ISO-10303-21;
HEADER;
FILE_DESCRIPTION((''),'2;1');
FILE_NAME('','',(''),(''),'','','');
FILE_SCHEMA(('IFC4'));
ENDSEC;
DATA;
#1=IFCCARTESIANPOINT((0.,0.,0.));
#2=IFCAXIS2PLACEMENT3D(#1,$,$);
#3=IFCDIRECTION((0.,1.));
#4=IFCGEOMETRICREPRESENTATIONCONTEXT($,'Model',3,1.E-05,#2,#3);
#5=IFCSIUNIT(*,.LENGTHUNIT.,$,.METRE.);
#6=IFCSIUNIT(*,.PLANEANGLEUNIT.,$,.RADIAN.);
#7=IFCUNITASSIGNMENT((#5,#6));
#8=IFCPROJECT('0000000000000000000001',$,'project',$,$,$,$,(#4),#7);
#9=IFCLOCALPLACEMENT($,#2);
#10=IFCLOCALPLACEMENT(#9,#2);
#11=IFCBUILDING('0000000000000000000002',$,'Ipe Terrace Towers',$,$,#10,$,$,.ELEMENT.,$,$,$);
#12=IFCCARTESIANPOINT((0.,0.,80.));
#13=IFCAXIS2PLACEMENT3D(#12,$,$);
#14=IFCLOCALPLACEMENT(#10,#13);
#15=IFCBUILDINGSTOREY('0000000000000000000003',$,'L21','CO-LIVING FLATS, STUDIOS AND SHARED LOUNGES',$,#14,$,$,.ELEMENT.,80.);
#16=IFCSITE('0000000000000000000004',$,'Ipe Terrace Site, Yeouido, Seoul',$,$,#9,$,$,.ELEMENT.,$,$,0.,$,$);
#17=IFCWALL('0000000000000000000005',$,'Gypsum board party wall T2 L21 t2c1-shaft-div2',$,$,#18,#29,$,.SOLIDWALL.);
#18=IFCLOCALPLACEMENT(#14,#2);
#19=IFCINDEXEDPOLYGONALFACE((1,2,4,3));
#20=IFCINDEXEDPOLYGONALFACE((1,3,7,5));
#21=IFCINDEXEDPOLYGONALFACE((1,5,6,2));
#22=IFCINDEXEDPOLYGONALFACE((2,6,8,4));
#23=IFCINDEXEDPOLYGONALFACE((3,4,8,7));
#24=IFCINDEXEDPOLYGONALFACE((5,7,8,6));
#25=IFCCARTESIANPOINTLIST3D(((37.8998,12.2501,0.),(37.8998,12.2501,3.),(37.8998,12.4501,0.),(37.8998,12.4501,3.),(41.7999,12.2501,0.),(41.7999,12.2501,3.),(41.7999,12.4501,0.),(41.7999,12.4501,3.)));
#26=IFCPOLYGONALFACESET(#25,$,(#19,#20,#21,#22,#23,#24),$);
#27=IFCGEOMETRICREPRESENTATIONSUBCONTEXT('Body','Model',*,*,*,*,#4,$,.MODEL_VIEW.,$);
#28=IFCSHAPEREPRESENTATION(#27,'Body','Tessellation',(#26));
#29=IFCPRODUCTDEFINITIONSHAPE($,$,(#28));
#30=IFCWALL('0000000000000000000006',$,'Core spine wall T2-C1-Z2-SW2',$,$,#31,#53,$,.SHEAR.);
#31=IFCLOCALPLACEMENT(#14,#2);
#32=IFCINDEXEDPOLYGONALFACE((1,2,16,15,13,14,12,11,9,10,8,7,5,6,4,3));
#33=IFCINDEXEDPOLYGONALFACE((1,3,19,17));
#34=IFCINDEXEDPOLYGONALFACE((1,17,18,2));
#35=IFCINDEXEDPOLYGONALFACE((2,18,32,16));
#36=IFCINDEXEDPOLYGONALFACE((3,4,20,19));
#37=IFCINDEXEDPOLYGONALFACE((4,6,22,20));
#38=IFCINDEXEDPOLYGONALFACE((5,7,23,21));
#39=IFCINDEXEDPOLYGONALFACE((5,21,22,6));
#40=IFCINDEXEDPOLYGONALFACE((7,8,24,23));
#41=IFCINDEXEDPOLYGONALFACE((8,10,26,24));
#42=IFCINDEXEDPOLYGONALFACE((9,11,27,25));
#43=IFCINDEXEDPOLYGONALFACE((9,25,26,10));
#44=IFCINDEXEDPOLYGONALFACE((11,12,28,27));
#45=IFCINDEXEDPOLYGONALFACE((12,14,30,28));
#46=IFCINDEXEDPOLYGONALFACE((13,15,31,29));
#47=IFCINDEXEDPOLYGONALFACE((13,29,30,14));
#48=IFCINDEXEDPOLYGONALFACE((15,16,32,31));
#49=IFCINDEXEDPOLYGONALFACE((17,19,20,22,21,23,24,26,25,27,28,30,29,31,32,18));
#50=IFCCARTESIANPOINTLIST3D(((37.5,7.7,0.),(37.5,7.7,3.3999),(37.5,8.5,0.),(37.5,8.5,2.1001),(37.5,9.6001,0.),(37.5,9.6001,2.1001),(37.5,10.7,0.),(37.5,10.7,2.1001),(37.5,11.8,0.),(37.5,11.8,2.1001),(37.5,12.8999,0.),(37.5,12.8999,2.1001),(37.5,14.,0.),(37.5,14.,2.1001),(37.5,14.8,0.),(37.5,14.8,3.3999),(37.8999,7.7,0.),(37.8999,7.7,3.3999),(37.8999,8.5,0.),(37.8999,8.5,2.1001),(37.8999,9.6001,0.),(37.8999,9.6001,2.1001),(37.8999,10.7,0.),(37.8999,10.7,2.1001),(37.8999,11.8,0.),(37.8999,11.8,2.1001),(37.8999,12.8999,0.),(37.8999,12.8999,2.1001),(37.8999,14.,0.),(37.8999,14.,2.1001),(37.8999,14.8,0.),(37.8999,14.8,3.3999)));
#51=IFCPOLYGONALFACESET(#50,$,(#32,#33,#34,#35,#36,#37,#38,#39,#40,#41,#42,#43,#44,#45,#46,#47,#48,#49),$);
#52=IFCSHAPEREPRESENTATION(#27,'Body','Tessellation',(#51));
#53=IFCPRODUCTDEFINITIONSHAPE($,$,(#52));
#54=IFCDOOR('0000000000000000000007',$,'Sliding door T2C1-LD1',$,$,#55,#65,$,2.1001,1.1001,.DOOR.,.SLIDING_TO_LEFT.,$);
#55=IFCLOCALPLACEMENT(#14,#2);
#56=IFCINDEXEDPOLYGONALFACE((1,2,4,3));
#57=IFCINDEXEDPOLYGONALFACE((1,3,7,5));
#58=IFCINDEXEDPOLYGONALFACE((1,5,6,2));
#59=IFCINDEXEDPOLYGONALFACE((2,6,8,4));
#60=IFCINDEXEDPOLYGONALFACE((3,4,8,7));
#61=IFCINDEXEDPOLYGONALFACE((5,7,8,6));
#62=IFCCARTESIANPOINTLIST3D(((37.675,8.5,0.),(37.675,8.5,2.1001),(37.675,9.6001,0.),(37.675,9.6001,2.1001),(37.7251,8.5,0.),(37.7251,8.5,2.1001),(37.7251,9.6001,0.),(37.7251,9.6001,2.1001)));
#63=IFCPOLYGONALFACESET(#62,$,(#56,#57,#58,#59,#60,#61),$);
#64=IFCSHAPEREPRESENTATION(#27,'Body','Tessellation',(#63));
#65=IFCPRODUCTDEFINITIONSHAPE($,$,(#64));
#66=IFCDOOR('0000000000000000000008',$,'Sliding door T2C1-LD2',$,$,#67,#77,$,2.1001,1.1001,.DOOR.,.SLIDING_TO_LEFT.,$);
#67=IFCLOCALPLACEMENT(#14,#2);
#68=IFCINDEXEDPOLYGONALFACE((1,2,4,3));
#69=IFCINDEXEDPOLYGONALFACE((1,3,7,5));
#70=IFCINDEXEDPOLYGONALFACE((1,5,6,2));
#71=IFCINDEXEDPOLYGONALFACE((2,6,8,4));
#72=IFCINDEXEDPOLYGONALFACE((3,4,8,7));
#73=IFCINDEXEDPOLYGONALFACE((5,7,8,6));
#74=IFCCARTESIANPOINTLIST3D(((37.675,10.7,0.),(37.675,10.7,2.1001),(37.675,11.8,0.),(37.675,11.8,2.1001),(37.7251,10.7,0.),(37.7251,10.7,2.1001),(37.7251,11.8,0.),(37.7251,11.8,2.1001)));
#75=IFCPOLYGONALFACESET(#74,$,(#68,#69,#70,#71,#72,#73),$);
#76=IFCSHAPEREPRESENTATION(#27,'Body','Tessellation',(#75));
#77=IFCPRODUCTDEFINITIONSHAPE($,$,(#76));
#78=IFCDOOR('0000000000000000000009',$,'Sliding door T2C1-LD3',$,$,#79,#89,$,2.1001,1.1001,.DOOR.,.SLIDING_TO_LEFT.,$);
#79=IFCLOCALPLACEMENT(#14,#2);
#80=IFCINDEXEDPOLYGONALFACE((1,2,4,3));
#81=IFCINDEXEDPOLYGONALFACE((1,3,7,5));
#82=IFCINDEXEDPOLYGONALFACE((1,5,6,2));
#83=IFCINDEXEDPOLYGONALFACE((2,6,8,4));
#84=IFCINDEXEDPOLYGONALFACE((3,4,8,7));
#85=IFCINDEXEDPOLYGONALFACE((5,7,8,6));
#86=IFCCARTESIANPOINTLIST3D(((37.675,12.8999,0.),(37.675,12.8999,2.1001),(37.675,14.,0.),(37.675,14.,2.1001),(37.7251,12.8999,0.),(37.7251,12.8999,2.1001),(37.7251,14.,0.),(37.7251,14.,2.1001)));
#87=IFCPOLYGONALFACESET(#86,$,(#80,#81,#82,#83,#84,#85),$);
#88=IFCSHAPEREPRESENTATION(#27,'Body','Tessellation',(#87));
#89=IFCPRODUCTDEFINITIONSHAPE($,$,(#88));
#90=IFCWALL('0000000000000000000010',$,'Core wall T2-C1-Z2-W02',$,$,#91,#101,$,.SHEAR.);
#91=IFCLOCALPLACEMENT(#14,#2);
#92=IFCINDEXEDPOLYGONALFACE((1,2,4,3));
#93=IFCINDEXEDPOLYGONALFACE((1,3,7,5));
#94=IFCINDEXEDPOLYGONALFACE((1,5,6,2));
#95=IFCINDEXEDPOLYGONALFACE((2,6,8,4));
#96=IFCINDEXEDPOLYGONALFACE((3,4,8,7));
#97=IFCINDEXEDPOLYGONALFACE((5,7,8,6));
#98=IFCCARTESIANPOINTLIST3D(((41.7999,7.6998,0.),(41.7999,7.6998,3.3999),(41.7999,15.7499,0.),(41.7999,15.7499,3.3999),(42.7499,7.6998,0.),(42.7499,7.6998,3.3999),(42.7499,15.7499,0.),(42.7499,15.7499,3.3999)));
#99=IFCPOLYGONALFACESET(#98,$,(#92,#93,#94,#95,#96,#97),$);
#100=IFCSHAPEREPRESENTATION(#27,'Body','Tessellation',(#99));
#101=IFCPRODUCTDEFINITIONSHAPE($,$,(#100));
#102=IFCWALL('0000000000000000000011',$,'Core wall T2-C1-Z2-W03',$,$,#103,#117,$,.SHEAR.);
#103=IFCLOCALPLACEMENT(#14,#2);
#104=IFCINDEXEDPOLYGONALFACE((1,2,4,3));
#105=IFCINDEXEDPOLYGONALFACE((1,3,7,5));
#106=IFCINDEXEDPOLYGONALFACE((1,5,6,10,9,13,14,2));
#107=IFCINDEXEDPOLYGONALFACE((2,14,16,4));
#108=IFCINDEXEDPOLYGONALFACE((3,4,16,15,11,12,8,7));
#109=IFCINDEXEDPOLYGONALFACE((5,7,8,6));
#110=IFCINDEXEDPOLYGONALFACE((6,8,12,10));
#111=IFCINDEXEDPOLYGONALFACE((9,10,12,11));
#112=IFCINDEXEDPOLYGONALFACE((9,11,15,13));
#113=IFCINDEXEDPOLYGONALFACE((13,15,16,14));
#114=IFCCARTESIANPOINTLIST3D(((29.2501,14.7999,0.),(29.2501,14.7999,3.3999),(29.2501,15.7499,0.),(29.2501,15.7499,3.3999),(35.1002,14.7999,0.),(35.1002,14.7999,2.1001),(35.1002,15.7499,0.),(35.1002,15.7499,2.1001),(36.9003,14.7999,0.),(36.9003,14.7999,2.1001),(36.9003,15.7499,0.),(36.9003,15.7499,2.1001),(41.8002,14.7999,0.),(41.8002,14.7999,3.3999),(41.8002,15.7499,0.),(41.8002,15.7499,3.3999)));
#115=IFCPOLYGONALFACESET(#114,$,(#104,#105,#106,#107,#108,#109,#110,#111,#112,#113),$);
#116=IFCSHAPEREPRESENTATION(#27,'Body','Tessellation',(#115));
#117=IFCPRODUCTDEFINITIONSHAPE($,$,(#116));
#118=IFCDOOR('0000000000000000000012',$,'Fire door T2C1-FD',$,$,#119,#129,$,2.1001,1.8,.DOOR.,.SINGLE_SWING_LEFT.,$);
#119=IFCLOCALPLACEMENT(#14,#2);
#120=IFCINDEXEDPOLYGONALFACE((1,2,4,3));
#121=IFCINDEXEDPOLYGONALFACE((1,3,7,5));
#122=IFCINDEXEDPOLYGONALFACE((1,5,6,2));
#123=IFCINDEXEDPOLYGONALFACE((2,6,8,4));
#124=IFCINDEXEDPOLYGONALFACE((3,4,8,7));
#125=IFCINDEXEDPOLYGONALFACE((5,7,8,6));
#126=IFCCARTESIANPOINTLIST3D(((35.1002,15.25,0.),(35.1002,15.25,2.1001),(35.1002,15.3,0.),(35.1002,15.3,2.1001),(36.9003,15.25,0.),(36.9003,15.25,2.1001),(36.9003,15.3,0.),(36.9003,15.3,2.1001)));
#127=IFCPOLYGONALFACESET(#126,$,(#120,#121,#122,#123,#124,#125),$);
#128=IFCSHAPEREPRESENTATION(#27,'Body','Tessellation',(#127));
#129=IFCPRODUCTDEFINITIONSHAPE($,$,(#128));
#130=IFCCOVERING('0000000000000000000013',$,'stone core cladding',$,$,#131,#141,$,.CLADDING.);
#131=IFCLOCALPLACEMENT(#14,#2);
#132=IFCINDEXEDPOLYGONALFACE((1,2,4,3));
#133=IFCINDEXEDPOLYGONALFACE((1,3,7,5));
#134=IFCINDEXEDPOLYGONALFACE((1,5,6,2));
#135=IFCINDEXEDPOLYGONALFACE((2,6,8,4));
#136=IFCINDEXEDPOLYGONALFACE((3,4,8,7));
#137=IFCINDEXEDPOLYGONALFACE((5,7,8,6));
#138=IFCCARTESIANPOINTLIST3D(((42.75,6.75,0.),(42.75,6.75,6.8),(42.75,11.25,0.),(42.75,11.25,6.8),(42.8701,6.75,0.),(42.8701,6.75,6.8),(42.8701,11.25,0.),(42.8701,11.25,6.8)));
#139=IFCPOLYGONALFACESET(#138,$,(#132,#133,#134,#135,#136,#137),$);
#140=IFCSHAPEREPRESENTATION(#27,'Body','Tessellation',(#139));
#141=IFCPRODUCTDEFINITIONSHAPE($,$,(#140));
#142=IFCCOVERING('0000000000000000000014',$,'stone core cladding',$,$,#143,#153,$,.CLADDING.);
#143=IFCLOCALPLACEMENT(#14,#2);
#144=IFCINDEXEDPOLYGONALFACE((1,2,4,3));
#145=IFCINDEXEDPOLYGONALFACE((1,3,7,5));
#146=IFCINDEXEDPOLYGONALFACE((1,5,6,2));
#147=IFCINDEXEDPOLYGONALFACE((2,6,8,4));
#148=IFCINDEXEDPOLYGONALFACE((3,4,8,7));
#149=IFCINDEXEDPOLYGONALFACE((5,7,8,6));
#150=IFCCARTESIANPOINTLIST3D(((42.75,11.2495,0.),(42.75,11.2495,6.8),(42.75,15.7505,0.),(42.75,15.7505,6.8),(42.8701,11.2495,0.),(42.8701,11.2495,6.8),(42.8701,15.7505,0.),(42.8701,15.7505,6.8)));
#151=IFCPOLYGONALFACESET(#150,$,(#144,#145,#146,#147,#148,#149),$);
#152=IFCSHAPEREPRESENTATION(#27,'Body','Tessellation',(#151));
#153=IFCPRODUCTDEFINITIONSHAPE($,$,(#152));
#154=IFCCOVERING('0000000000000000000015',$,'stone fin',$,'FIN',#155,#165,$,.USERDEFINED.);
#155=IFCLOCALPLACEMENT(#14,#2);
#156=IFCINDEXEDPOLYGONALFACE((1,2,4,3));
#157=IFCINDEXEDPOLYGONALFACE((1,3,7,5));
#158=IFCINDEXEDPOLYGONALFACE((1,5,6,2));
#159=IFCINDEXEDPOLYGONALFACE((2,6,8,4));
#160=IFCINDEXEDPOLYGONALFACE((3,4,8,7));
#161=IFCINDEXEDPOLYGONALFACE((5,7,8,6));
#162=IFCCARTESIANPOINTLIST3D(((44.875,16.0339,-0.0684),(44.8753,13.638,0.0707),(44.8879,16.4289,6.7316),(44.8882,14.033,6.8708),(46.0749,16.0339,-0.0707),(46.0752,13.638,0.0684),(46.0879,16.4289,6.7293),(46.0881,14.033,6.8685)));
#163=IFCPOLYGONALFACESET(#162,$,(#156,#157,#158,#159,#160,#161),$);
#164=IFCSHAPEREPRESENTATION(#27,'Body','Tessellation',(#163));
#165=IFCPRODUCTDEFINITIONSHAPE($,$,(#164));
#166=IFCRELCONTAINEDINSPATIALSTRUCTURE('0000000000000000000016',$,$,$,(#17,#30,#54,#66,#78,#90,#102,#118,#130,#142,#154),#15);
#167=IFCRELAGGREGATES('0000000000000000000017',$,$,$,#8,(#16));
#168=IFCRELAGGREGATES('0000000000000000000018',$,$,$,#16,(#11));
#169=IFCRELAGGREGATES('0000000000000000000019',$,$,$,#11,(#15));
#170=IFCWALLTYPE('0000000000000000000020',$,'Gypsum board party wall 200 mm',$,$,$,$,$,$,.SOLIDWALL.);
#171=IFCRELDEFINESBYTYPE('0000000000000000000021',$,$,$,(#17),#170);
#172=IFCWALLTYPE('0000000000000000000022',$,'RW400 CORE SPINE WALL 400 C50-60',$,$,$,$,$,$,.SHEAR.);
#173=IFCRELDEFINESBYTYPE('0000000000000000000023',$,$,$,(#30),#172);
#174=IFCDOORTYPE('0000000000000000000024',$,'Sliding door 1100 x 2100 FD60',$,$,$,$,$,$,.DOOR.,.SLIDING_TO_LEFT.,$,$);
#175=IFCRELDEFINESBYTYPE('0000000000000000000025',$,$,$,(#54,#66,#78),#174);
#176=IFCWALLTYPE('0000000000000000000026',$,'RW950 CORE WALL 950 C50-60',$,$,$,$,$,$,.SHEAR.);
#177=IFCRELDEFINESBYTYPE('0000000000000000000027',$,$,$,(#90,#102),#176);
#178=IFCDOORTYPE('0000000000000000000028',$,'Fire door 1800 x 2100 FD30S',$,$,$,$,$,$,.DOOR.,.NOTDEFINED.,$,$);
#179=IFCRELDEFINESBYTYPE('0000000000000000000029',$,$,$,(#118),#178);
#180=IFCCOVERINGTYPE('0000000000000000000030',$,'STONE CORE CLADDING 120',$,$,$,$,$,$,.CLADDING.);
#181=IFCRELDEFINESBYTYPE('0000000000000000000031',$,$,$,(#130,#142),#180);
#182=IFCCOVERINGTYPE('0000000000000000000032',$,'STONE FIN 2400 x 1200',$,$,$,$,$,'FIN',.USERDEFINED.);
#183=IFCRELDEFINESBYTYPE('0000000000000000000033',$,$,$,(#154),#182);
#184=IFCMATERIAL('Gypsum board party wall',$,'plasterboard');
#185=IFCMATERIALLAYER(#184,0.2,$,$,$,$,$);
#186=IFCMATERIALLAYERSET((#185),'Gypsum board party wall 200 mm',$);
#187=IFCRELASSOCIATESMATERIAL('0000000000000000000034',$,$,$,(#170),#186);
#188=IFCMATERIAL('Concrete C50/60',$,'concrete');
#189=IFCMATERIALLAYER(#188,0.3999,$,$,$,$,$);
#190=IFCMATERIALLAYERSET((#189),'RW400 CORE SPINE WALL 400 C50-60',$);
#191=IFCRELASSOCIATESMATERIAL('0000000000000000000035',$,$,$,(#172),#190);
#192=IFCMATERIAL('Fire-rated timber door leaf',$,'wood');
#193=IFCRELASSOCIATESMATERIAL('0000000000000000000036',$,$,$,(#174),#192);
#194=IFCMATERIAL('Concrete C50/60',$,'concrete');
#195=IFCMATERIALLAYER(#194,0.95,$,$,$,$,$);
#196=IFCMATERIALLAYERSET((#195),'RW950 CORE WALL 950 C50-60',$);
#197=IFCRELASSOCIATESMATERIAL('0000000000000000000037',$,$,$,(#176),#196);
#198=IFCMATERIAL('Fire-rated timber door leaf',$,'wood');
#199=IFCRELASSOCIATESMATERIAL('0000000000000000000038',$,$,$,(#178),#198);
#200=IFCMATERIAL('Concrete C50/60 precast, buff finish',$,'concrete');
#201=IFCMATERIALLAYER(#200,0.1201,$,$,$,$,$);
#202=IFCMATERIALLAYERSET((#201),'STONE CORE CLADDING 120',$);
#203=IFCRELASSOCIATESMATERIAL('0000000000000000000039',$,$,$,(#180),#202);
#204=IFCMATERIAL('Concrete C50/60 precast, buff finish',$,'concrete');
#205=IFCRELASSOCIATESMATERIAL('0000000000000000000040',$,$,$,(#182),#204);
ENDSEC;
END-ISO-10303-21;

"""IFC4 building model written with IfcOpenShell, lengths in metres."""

from ifc_helpers import new_model, si_unit, direction, frame, frame_2d, origin, origin_2d, place, context, subcontext, project, spatial, rectangle, extrude, material, layer, layer_set, material_profile, profile_set, type_object, element, fill, save


model = new_model("IFC4")

# Units and contexts
model_context = context("Model", 3, precision=1e-05, world=origin(), true_north=direction((0.0, 1.0)))
body_context = subcontext(model_context, "Body", "Model", "MODEL_VIEW")
ifc_project = project(units=[si_unit("LENGTHUNIT", "METRE"), si_unit("PLANEANGLEUNIT", "RADIAN")], contexts=[model_context])

# Site, building, storey
site_placement = place(None, origin())
site = spatial("IfcSite", under=ifc_project, at=site_placement, Name="Ipe Terrace Site, Yeouido, Seoul", CompositionType="ELEMENT", RefElevation=0.0)
building_placement = place(site_placement, origin())
building = spatial("IfcBuilding", under=site, at=building_placement, Name="Ipe Terrace Towers", CompositionType="ELEMENT")
storey_placement = place(building_placement, frame((0.0, 0.0, 80.0)))
storey = spatial("IfcBuildingStorey", under=building, at=storey_placement, Name="L21", Description="CO-LIVING FLATS, STUDIOS AND SHARED LOUNGES", CompositionType="ELEMENT", Elevation=80.0)

# Wall
ifc_material_1 = material(Name="Gypsum board party wall", Category="plasterboard")
ifc_layer_1 = layer(ifc_material_1, 0.2)
ifc_layer_set_1 = layer_set([ifc_layer_1], Name="Gypsum board party wall 200 mm")
wall_type_1 = type_object("IfcWallType", Name="Gypsum board party wall 200 mm", PredefinedType="SOLIDWALL", material=ifc_layer_set_1)
for number, where, z_axis, x_axis, name in (
    (1, (41.8, 12.3501, 0.0), (0.0, 0.0, 1.0), (-1.0, 0.0, 0.0), "Gypsum board party wall T2 L21 t2c1-shaft-div2"),
):
    element("IfcWall", number, at=place(storey_placement, frame(where, z_axis=z_axis, x_axis=x_axis)), inside=storey, type_object=wall_type_1, Name=name, PredefinedType="SOLIDWALL", context=body_context, shape_type="SweptSolid", body=[
        extrude(rectangle(XDim=3.9001, YDim=0.2, at=frame_2d((1.9502, 0.0))), origin(), (0.0, 0.0, 1.0), 3.0),
    ])

# Wall, openings, doors
ifc_material_2 = material(Name="Concrete C50/60", Category="concrete")
ifc_layer_2 = layer(ifc_material_2, 0.3999)
ifc_layer_set_2 = layer_set([ifc_layer_2], Name="RW400 CORE SPINE WALL 400 C50-60")
wall_type_2 = type_object("IfcWallType", Name="RW400 CORE SPINE WALL 400 C50-60", PredefinedType="SHEAR", material=ifc_layer_set_2)
wall_1_placement = place(storey_placement, frame((37.7, 7.7, 0.0), z_axis=(0.0, 0.0, 1.0), x_axis=(0.0, 1.0, 0.0)))
wall_1 = element("IfcWall", 2, at=wall_1_placement, inside=storey, type_object=wall_type_2, Name="Core spine wall T2-C1-Z2-SW2", PredefinedType="SHEAR", context=body_context, shape_type="SweptSolid", body=[
    extrude(rectangle(XDim=7.1001, YDim=0.3999, at=frame_2d((3.55, 0.0))), origin(), (0.0, 0.0, 1.0), 3.3999),
])
opening_1_placement = place(wall_1_placement, frame((0.8, 0.0, 0.0)))
opening_1 = element("IfcOpeningElement", 3, at=opening_1_placement, cuts=wall_1, PredefinedType="OPENING", context=body_context, shape_type="SweptSolid", body=[
    extrude(rectangle(XDim=1.1001, YDim=2.1001, at=frame_2d((0.55, 1.05))), frame((0.0, 0.21, 0.0), z_axis=(0.0, -1.0, 0.0), x_axis=(1.0, 0.0, 0.0)), (0.0, 0.0, 1.0), 0.4199),
])
opening_2_placement = place(wall_1_placement, frame((3.0, 0.0, 0.0)))
opening_2 = element("IfcOpeningElement", 4, at=opening_2_placement, cuts=wall_1, PredefinedType="OPENING", context=body_context, shape_type="SweptSolid", body=[
    extrude(rectangle(XDim=1.1001, YDim=2.1001, at=frame_2d((0.55, 1.05))), frame((0.0, 0.21, 0.0), z_axis=(0.0, -1.0, 0.0), x_axis=(1.0, 0.0, 0.0)), (0.0, 0.0, 1.0), 0.4199),
])
opening_3_placement = place(wall_1_placement, frame((5.2, 0.0, 0.0)))
opening_3 = element("IfcOpeningElement", 5, at=opening_3_placement, cuts=wall_1, PredefinedType="OPENING", context=body_context, shape_type="SweptSolid", body=[
    extrude(rectangle(XDim=1.1001, YDim=2.1001, at=frame_2d((0.55, 1.05))), frame((0.0, 0.21, 0.0), z_axis=(0.0, -1.0, 0.0), x_axis=(1.0, 0.0, 0.0)), (0.0, 0.0, 1.0), 0.4199),
])
ifc_material_3 = material(Name="Fire-rated timber door leaf", Category="wood")
door_type_1 = type_object("IfcDoorType", Name="Sliding door 1100 x 2100 FD60", OperationType="SLIDING_TO_LEFT", PredefinedType="DOOR", material=ifc_material_3)
door_1_placement = place(opening_1_placement, origin())
door_1 = element("IfcDoor", 6, at=door_1_placement, inside=storey, type_object=door_type_1, Name="Sliding door T2C1-LD1", OperationType="SLIDING_TO_LEFT", OverallHeight=2.1001, OverallWidth=1.1001, PredefinedType="DOOR", context=body_context, shape_type="SweptSolid", body=[
    extrude(rectangle(XDim=1.1001, YDim=2.1001, at=frame_2d((0.55, 1.05))), frame((0.0, 0.0249, 0.0), z_axis=(0.0, -1.0, 0.0), x_axis=(1.0, 0.0, 0.0)), (0.0, 0.0, 1.0), 0.05),
])
fill(opening_1, door_1)
door_2_placement = place(opening_2_placement, origin())
door_2 = element("IfcDoor", 7, at=door_2_placement, inside=storey, type_object=door_type_1, Name="Sliding door T2C1-LD2", OperationType="SLIDING_TO_LEFT", OverallHeight=2.1001, OverallWidth=1.1001, PredefinedType="DOOR", context=body_context, shape_type="SweptSolid", body=[
    extrude(rectangle(XDim=1.1001, YDim=2.1001, at=frame_2d((0.55, 1.05))), frame((0.0, 0.0249, 0.0), z_axis=(0.0, -1.0, 0.0), x_axis=(1.0, 0.0, 0.0)), (0.0, 0.0, 1.0), 0.05),
])
fill(opening_2, door_2)
door_3_placement = place(opening_3_placement, origin())
door_3 = element("IfcDoor", 8, at=door_3_placement, inside=storey, type_object=door_type_1, Name="Sliding door T2C1-LD3", OperationType="SLIDING_TO_LEFT", OverallHeight=2.1001, OverallWidth=1.1001, PredefinedType="DOOR", context=body_context, shape_type="SweptSolid", body=[
    extrude(rectangle(XDim=1.1001, YDim=2.1001, at=frame_2d((0.55, 1.05))), frame((0.0, 0.0249, 0.0), z_axis=(0.0, -1.0, 0.0), x_axis=(1.0, 0.0, 0.0)), (0.0, 0.0, 1.0), 0.05),
])
fill(opening_3, door_3)

# Wall
ifc_material_4 = material(Name="Concrete C50/60", Category="concrete")
ifc_layer_3 = layer(ifc_material_4, 0.95)
ifc_layer_set_3 = layer_set([ifc_layer_3], Name="RW950 CORE WALL 950 C50-60")
wall_type_3 = type_object("IfcWallType", Name="RW950 CORE WALL 950 C50-60", PredefinedType="SHEAR", material=ifc_layer_set_3)
wall_2_placement = place(storey_placement, frame((42.2749, 7.7, 0.0), z_axis=(0.0, 0.0, 1.0), x_axis=(0.0, 1.0, 0.0)))
element("IfcWall", 9, at=wall_2_placement, inside=storey, type_object=wall_type_3, Name="Core wall T2-C1-Z2-W02", PredefinedType="SHEAR", context=body_context, shape_type="SweptSolid", body=[
    extrude(rectangle(XDim=8.05, YDim=0.95, at=frame_2d((4.0249, 0.0))), origin(), (0.0, 0.0, 1.0), 3.3999),
])

# Wall, opening, door
wall_3_placement = place(storey_placement, frame((41.8, 15.2749, 0.0), z_axis=(0.0, 0.0, 1.0), x_axis=(-1.0, 0.0, 0.0)))
wall_3 = element("IfcWall", 10, at=wall_3_placement, inside=storey, type_object=wall_type_3, Name="Core wall T2-C1-Z2-W03", PredefinedType="SHEAR", context=body_context, shape_type="SweptSolid", body=[
    extrude(rectangle(XDim=12.55, YDim=0.95, at=frame_2d((6.2749, 0.0))), origin(), (0.0, 0.0, 1.0), 3.3999),
])
opening_4_placement = place(wall_3_placement, frame((4.8999, 0.0, 0.0)))
opening_4 = element("IfcOpeningElement", 11, at=opening_4_placement, cuts=wall_3, PredefinedType="OPENING", context=body_context, shape_type="SweptSolid", body=[
    extrude(rectangle(XDim=1.8, YDim=2.1001, at=frame_2d((0.8999, 1.05))), frame((0.0, 0.4849, 0.0), z_axis=(0.0, -1.0, 0.0), x_axis=(1.0, 0.0, 0.0)), (0.0, 0.0, 1.0), 0.97),
])
ifc_material_5 = material(Name="Fire-rated timber door leaf", Category="wood")
door_type_2 = type_object("IfcDoorType", Name="Fire door 1800 x 2100 FD30S", OperationType="NOTDEFINED", PredefinedType="DOOR", material=ifc_material_5)
door_4_placement = place(opening_4_placement, origin())
door_4 = element("IfcDoor", 12, at=door_4_placement, inside=storey, type_object=door_type_2, Name="Fire door T2C1-FD", OperationType="SINGLE_SWING_LEFT", OverallHeight=2.1001, OverallWidth=1.8, PredefinedType="DOOR", context=body_context, shape_type="SweptSolid", body=[
    extrude(rectangle(XDim=1.8, YDim=2.1001, at=frame_2d((0.8999, 1.05))), frame((0.0, 0.0249, 0.0), z_axis=(0.0, -1.0, 0.0), x_axis=(1.0, 0.0, 0.0)), (0.0, 0.0, 1.0), 0.05),
])
fill(opening_4, door_4)

# Coverings
ifc_material_6 = material(Name="Concrete C50/60 precast, buff finish", Category="concrete")
ifc_layer_4 = layer(ifc_material_6, 0.1201)
ifc_layer_set_4 = layer_set([ifc_layer_4], Name="STONE CORE CLADDING 120")
covering_type_1 = type_object("IfcCoveringType", Name="STONE CORE CLADDING 120", PredefinedType="CLADDING", material=ifc_layer_set_4)
covering_1_placement = place(storey_placement, frame((42.8101, 9.0, 0.0), z_axis=(0.0, 0.0, 1.0), x_axis=(0.0, 1.0, 0.0)))
element("IfcCovering", 13, at=covering_1_placement, inside=storey, type_object=covering_type_1, Name="stone core cladding", PredefinedType="CLADDING", context=body_context, shape_type="SweptSolid", body=[
    extrude(rectangle(XDim=4.5, YDim=0.1201, at=origin_2d()), origin(), (0.0, 0.0, 1.0), 6.8),
])
covering_2_placement = place(storey_placement, frame((42.8101, 13.5, 0.0), z_axis=(0.0, 0.0, 1.0), x_axis=(0.0, 1.0, 0.0)))
element("IfcCovering", 14, at=covering_2_placement, inside=storey, type_object=covering_type_1, Name="stone core cladding", PredefinedType="CLADDING", context=body_context, shape_type="SweptSolid", body=[
    extrude(rectangle(XDim=4.501, YDim=0.1201, at=origin_2d()), origin(), (0.0, 0.0, 1.0), 6.8),
])
ifc_material_7 = material(Name="Concrete C50/60 precast, buff finish", Category="concrete")
ifc_material_profile_1 = material_profile(ifc_material_7, rectangle(XDim=2.3999, YDim=1.2, at=origin_2d()), Name="STONE FIN 2400 x 1200")
ifc_profile_set_1 = profile_set([ifc_material_profile_1], Name="Concrete C50/60 precast, buff finish")
covering_type_2 = type_object("IfcCoveringType", Name="STONE FIN 2400 x 1200", ElementType="FIN", PredefinedType="USERDEFINED", material=ifc_profile_set_1)
covering_3_placement = place(storey_placement, frame((45.4751, 14.8359, 0.0), z_axis=(0.0019, 0.057993, 0.998315), x_axis=(-0.00011, 0.998317, -0.057993)))
element("IfcCovering", 15, at=covering_3_placement, inside=storey, type_object=covering_type_2, Name="stone fin", ObjectType="FIN", PredefinedType="USERDEFINED", context=body_context, shape_type="SweptSolid", body=[
    extrude(rectangle(XDim=2.3999, YDim=1.2, at=origin_2d()), origin(), (0.0, 0.0, 1.0), 6.8115),
])

save(model, "model.ifc")
